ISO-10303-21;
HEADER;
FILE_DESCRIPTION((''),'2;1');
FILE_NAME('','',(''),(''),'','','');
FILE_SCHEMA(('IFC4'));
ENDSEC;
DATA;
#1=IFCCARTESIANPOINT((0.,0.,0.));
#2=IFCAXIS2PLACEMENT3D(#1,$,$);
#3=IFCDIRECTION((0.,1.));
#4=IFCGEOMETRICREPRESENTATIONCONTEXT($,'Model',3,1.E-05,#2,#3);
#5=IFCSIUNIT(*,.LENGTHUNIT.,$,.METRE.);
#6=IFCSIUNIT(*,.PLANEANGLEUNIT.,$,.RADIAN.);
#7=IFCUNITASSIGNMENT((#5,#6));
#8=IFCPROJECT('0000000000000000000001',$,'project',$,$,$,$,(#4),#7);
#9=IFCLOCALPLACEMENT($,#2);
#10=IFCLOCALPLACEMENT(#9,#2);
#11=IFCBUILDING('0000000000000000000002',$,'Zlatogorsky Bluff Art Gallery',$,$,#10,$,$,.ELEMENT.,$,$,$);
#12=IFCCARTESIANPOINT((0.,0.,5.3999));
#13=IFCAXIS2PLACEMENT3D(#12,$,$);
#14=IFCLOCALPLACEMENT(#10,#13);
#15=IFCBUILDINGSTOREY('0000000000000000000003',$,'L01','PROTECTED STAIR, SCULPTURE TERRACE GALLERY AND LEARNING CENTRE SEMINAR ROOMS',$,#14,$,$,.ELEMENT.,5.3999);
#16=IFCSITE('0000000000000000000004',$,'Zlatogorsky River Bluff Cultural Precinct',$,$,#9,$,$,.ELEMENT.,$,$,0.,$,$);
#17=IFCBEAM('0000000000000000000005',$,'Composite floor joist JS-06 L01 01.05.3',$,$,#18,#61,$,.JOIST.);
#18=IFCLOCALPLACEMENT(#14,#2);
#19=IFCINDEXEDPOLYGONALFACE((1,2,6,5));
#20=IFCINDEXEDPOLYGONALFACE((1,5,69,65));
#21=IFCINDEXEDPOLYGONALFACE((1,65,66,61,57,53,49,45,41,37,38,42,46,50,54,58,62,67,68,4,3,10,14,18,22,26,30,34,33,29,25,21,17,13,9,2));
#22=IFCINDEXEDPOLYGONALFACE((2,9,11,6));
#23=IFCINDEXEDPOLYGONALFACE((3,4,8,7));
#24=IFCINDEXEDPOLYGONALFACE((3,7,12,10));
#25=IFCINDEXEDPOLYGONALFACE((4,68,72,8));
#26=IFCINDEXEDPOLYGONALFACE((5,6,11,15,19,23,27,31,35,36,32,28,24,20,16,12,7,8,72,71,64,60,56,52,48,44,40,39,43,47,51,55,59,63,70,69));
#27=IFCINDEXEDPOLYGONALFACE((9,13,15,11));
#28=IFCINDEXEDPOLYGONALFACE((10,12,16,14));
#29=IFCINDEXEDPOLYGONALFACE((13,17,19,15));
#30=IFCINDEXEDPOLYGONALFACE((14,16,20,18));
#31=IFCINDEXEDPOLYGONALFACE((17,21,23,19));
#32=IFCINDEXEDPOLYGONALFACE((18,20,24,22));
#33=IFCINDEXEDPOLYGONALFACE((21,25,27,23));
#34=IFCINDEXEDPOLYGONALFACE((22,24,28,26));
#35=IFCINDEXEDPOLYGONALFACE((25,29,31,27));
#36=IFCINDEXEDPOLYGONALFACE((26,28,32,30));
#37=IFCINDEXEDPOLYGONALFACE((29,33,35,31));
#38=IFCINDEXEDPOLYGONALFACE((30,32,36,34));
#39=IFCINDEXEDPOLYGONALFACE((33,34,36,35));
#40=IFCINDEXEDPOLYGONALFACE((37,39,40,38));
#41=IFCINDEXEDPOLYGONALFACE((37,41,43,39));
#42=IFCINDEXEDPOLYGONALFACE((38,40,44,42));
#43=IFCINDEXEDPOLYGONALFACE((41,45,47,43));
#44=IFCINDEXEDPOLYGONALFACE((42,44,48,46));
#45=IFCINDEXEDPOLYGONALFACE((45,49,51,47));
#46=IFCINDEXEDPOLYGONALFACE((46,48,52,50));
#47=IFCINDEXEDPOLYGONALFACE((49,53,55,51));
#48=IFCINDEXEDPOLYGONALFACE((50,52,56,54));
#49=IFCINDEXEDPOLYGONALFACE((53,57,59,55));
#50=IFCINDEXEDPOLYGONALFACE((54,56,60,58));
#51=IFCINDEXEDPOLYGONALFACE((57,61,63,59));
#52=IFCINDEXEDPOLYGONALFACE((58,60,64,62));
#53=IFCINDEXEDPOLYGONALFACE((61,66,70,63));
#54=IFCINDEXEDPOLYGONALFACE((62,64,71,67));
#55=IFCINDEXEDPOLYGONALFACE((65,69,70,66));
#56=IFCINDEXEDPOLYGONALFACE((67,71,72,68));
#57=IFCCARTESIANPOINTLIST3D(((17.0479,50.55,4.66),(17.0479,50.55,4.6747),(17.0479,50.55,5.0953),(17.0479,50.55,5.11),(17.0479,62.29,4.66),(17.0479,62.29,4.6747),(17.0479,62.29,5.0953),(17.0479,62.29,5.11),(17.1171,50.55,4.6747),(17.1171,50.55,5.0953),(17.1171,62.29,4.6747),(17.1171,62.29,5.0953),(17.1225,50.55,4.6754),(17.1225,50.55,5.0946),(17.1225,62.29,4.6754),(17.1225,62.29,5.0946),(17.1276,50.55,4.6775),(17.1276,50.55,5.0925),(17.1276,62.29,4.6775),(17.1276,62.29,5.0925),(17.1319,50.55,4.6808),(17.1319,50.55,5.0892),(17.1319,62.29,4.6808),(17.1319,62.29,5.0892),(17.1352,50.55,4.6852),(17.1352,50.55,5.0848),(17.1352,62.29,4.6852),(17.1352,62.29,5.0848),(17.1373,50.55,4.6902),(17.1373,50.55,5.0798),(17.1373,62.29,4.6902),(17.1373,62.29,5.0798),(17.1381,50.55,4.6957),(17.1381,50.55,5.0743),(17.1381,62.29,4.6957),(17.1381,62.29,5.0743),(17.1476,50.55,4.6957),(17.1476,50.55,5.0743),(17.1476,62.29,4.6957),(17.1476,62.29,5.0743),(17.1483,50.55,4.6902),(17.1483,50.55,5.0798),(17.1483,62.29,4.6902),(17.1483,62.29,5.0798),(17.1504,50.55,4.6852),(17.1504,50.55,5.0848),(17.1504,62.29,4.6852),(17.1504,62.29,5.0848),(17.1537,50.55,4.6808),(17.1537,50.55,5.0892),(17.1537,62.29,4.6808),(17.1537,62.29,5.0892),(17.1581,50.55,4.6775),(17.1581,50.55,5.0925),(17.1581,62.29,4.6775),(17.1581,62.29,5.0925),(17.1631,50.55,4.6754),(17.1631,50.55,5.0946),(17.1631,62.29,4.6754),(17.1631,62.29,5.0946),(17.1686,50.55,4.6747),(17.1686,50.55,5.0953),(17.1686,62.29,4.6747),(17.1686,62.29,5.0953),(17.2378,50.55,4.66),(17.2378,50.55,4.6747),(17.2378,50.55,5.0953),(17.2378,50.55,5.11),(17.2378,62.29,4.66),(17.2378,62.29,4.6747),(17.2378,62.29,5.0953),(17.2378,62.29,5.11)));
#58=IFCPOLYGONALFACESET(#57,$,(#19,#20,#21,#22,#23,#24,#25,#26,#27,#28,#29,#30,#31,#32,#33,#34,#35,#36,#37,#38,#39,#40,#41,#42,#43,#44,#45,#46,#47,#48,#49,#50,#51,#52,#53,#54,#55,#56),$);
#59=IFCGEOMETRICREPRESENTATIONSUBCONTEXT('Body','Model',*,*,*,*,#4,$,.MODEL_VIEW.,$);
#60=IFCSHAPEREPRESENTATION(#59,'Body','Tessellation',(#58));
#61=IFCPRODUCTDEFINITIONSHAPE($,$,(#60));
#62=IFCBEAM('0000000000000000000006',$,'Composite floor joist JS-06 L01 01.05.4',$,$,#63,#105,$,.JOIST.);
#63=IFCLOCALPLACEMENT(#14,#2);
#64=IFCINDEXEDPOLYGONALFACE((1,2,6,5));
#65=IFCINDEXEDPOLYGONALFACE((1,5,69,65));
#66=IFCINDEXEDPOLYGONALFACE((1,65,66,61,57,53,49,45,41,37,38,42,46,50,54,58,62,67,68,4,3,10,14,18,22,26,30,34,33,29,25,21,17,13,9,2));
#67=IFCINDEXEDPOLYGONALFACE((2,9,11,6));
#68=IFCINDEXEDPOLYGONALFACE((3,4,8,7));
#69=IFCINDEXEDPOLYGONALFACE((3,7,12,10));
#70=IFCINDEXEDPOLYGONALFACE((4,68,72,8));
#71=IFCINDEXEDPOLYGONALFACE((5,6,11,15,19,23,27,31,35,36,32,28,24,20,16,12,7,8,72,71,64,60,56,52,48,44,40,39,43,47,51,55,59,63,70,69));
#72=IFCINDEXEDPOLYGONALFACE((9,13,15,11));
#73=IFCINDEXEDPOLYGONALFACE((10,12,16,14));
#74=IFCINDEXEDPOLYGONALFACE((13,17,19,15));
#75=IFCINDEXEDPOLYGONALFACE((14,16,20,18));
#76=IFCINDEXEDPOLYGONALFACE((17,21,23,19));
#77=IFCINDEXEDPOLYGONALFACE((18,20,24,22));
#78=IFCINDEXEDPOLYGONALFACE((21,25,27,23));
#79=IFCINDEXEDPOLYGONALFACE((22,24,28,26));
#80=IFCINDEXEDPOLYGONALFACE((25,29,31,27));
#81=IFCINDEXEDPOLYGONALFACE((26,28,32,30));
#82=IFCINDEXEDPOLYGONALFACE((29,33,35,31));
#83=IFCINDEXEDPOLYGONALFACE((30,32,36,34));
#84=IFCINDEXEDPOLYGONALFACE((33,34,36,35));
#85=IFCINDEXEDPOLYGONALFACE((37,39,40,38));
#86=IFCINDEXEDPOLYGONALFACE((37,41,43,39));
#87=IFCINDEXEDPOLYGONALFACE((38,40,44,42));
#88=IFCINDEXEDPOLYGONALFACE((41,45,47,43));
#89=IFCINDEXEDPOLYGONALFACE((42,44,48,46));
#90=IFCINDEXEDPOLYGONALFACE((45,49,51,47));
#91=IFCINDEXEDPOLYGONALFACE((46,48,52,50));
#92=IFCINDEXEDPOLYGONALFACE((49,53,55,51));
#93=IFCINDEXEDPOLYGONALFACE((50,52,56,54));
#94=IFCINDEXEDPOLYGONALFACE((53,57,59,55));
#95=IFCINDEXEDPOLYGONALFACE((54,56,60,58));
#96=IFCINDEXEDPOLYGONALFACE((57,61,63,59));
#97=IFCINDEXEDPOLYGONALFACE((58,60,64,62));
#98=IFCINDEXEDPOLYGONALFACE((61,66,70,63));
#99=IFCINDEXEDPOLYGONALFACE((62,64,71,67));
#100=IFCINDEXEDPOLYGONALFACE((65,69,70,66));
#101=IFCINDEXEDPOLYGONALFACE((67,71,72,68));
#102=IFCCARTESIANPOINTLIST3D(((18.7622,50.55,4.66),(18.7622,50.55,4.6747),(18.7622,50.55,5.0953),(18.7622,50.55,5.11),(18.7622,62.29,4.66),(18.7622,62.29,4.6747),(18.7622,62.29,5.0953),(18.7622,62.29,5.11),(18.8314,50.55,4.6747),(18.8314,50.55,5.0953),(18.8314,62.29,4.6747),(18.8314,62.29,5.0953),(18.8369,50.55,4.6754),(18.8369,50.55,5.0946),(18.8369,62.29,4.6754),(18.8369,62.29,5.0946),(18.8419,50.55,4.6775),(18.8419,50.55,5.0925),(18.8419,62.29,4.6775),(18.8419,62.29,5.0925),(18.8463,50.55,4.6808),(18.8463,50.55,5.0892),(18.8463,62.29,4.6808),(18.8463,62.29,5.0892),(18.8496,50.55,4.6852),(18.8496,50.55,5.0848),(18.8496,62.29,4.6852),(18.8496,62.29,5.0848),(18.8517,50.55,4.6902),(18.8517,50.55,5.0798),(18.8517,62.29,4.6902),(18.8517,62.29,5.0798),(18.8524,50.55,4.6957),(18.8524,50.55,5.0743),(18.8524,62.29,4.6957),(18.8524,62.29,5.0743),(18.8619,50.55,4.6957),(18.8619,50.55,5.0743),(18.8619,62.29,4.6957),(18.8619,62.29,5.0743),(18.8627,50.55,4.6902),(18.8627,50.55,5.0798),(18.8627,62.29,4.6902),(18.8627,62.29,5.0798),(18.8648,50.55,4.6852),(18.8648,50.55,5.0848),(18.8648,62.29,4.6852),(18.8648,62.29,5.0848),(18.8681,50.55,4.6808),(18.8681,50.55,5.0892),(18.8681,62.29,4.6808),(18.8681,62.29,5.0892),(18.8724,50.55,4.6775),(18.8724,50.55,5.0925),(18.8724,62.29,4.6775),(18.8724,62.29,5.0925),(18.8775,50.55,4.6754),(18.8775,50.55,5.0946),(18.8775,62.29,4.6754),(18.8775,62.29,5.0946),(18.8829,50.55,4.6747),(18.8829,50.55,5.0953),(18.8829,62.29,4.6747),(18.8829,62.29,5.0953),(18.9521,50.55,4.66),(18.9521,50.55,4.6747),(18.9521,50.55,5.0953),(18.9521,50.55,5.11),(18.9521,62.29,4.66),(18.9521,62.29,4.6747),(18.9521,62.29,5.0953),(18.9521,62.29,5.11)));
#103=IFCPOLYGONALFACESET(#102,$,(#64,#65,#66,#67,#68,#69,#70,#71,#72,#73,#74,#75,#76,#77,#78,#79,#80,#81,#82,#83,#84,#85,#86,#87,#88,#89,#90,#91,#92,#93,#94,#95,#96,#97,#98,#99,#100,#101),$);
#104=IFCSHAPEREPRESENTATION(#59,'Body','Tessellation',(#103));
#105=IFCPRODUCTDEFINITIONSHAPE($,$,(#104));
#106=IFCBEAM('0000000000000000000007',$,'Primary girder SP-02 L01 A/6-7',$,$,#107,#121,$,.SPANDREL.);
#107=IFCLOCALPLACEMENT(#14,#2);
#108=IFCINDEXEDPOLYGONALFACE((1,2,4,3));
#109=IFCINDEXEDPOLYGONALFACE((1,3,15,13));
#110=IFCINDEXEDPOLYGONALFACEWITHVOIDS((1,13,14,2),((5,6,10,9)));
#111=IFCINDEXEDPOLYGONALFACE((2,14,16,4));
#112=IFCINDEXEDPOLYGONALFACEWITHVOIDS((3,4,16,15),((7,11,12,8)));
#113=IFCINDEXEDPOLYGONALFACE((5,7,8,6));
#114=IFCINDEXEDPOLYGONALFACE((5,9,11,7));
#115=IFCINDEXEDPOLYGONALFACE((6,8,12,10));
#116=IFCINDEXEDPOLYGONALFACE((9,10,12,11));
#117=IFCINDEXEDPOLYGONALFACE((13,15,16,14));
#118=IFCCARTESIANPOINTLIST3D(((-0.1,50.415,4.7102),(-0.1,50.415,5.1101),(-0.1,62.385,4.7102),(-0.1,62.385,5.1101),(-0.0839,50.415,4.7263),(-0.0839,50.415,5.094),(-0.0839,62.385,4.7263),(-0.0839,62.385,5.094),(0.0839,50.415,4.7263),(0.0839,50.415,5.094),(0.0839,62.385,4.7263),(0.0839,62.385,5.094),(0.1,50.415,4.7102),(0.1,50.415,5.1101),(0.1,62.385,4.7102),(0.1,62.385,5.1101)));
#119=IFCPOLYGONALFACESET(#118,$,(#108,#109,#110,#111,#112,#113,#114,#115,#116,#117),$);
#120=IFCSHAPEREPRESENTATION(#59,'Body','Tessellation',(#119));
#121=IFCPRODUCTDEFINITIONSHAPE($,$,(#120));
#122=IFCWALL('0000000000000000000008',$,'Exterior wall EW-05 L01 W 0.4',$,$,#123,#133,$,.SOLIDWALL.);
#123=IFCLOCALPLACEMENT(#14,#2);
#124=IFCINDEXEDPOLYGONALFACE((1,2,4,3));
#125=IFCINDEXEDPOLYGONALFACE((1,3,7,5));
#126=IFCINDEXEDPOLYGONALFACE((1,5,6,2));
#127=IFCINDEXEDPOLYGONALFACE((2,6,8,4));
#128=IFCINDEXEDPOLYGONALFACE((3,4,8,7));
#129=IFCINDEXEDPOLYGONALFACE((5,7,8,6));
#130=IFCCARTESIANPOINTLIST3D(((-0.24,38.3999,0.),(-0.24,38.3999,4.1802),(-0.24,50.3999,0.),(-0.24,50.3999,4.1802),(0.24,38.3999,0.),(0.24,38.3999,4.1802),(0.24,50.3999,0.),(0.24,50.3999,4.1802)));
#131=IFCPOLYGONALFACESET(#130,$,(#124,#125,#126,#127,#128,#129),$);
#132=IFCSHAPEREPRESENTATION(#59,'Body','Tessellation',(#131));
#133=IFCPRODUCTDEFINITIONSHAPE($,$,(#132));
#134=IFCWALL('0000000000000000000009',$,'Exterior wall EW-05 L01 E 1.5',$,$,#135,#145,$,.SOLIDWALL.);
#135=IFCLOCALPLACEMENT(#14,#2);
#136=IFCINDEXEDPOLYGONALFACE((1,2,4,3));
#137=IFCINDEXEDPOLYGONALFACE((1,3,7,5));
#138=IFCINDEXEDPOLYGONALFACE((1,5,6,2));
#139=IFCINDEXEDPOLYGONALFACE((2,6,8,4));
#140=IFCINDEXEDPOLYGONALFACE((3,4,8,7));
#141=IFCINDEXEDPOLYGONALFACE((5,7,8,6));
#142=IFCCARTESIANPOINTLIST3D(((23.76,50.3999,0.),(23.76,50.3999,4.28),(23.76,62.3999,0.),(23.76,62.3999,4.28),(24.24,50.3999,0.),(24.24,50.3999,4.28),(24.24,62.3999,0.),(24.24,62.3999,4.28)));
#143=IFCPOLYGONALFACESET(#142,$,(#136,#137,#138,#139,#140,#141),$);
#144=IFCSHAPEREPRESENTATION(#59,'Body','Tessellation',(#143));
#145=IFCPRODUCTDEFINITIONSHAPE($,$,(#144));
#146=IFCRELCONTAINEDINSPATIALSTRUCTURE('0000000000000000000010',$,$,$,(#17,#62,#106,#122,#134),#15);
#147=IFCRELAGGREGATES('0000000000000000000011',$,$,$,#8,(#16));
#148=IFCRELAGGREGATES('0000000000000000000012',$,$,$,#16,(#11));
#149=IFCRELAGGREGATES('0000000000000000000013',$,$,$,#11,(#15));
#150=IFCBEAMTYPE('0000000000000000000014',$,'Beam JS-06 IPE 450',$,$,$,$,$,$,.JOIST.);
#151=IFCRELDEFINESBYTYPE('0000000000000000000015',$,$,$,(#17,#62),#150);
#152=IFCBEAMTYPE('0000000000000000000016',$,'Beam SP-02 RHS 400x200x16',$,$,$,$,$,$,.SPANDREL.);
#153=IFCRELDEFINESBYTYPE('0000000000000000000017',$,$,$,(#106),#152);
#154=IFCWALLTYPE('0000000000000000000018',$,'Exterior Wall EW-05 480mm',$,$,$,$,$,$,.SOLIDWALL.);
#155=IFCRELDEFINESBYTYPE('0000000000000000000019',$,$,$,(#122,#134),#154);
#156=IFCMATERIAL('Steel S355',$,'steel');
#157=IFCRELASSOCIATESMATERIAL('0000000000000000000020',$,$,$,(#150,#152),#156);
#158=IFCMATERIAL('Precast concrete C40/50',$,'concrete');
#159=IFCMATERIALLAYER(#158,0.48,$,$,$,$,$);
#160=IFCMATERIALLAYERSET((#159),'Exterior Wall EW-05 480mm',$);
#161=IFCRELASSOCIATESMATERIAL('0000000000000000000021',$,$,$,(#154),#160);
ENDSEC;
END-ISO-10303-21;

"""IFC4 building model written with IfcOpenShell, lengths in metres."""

from ifc_helpers import new_model, si_unit, direction, frame, frame_2d, origin, origin_2d, place, context, subcontext, project, spatial, rectangle, hollow_rectangle, i_section, extrude, material, layer, layer_set, material_profile, profile_set, type_object, element, save


model = new_model("IFC4")

# Units and contexts
model_context = context("Model", 3, precision=1e-05, world=origin(), true_north=direction((0.0, 1.0)))
body_context = subcontext(model_context, "Body", "Model", "MODEL_VIEW")
ifc_project = project(units=[si_unit("LENGTHUNIT", "METRE"), si_unit("PLANEANGLEUNIT", "RADIAN")], contexts=[model_context])

# Site, building, storey
site_placement = place(None, origin())
site = spatial("IfcSite", under=ifc_project, at=site_placement, Name="Zlatogorsky River Bluff Cultural Precinct", CompositionType="ELEMENT", RefElevation=0.0)
building_placement = place(site_placement, origin())
building = spatial("IfcBuilding", under=site, at=building_placement, Name="Zlatogorsky Bluff Art Gallery", CompositionType="ELEMENT")
storey_placement = place(building_placement, frame((0.0, 0.0, 5.3999)))
storey = spatial("IfcBuildingStorey", under=building, at=storey_placement, Name="L01", Description="PROTECTED STAIR, SCULPTURE TERRACE GALLERY AND LEARNING CENTRE SEMINAR ROOMS", CompositionType="ELEMENT", Elevation=5.3999)

# Shared definitions
ifc_material_1 = material(Name="Steel S355", Category="steel")

# Beams
ifc_material_profile_1 = material_profile(ifc_material_1, i_section(OverallWidth=0.1899, OverallDepth=0.45, WebThickness=0.0095, FlangeThickness=0.0146, FilletRadius=0.021, at=origin_2d()), Name="IPE 450")
ifc_profile_set_1 = profile_set([ifc_material_profile_1], Name="Steel S355")
beam_type_1 = type_object("IfcBeamType", Name="Beam JS-06 IPE 450", PredefinedType="JOIST", material=ifc_profile_set_1)
for number, where, z_axis, x_axis, name in (
    (1, (17.1428, 50.55, 4.885), (0.0, 1.0, 0.0), (-1.0, 0.0, 0.0), "Composite floor joist JS-06 L01 01.05.3"),
    (2, (18.8572, 50.55, 4.885), (0.0, 1.0, 0.0), (-1.0, 0.0, 0.0), "Composite floor joist JS-06 L01 01.05.4"),
):
    element("IfcBeam", number, at=place(storey_placement, frame(where, z_axis=z_axis, x_axis=x_axis)), inside=storey, type_object=beam_type_1, Name=name, PredefinedType="JOIST", context=body_context, shape_type="SweptSolid", body=[
        extrude(i_section(OverallWidth=0.1899, OverallDepth=0.45, WebThickness=0.0095, FlangeThickness=0.0146, FilletRadius=0.021, at=origin_2d()), origin(), (0.0, 0.0, 1.0), 11.74),
    ])
ifc_material_profile_2 = material_profile(ifc_material_1, hollow_rectangle(XDim=0.2, YDim=0.3999, WallThickness=0.0161, at=origin_2d()), Name="RHS 400x200x16")
ifc_profile_set_2 = profile_set([ifc_material_profile_2], Name="Steel S355")
beam_type_2 = type_object("IfcBeamType", Name="Beam SP-02 RHS 400x200x16", PredefinedType="SPANDREL", material=ifc_profile_set_2)
beam_1_placement = place(storey_placement, frame((0.0, 50.415, 4.9102), z_axis=(0.0, 1.0, 0.0), x_axis=(-1.0, 0.0, 0.0)))
element("IfcBeam", 3, at=beam_1_placement, inside=storey, type_object=beam_type_2, Name="Primary girder SP-02 L01 A/6-7", PredefinedType="SPANDREL", context=body_context, shape_type="SweptSolid", body=[
    extrude(hollow_rectangle(XDim=0.2, YDim=0.3999, WallThickness=0.0161, at=origin_2d()), origin(), (0.0, 0.0, 1.0), 11.97),
])

# Walls
ifc_material_2 = material(Name="Precast concrete C40/50", Category="concrete")
ifc_layer = layer(ifc_material_2, 0.48)
ifc_layer_set = layer_set([ifc_layer], Name="Exterior Wall EW-05 480mm")
wall_type = type_object("IfcWallType", Name="Exterior Wall EW-05 480mm", PredefinedType="SOLIDWALL", material=ifc_layer_set)
wall_1_placement = place(storey_placement, frame((0.0, 50.3999, 0.0), z_axis=(0.0, 0.0, 1.0), x_axis=(0.0, -1.0, 0.0)))
element("IfcWall", 4, at=wall_1_placement, inside=storey, type_object=wall_type, Name="Exterior wall EW-05 L01 W 0.4", PredefinedType="SOLIDWALL", context=body_context, shape_type="SweptSolid", body=[
    extrude(rectangle(XDim=12.0, YDim=0.48, at=frame_2d((6.0, 0.0))), origin(), (0.0, 0.0, 1.0), 4.1802),
])
wall_2_placement = place(storey_placement, frame((24.0, 50.3999, 0.0), z_axis=(0.0, 0.0, 1.0), x_axis=(0.0, 1.0, 0.0)))
element("IfcWall", 5, at=wall_2_placement, inside=storey, type_object=wall_type, Name="Exterior wall EW-05 L01 E 1.5", PredefinedType="SOLIDWALL", context=body_context, shape_type="SweptSolid", body=[
    extrude(rectangle(XDim=12.0, YDim=0.48, at=frame_2d((6.0, 0.0))), origin(), (0.0, 0.0, 1.0), 4.28),
])

save(model, "model.ifc")
